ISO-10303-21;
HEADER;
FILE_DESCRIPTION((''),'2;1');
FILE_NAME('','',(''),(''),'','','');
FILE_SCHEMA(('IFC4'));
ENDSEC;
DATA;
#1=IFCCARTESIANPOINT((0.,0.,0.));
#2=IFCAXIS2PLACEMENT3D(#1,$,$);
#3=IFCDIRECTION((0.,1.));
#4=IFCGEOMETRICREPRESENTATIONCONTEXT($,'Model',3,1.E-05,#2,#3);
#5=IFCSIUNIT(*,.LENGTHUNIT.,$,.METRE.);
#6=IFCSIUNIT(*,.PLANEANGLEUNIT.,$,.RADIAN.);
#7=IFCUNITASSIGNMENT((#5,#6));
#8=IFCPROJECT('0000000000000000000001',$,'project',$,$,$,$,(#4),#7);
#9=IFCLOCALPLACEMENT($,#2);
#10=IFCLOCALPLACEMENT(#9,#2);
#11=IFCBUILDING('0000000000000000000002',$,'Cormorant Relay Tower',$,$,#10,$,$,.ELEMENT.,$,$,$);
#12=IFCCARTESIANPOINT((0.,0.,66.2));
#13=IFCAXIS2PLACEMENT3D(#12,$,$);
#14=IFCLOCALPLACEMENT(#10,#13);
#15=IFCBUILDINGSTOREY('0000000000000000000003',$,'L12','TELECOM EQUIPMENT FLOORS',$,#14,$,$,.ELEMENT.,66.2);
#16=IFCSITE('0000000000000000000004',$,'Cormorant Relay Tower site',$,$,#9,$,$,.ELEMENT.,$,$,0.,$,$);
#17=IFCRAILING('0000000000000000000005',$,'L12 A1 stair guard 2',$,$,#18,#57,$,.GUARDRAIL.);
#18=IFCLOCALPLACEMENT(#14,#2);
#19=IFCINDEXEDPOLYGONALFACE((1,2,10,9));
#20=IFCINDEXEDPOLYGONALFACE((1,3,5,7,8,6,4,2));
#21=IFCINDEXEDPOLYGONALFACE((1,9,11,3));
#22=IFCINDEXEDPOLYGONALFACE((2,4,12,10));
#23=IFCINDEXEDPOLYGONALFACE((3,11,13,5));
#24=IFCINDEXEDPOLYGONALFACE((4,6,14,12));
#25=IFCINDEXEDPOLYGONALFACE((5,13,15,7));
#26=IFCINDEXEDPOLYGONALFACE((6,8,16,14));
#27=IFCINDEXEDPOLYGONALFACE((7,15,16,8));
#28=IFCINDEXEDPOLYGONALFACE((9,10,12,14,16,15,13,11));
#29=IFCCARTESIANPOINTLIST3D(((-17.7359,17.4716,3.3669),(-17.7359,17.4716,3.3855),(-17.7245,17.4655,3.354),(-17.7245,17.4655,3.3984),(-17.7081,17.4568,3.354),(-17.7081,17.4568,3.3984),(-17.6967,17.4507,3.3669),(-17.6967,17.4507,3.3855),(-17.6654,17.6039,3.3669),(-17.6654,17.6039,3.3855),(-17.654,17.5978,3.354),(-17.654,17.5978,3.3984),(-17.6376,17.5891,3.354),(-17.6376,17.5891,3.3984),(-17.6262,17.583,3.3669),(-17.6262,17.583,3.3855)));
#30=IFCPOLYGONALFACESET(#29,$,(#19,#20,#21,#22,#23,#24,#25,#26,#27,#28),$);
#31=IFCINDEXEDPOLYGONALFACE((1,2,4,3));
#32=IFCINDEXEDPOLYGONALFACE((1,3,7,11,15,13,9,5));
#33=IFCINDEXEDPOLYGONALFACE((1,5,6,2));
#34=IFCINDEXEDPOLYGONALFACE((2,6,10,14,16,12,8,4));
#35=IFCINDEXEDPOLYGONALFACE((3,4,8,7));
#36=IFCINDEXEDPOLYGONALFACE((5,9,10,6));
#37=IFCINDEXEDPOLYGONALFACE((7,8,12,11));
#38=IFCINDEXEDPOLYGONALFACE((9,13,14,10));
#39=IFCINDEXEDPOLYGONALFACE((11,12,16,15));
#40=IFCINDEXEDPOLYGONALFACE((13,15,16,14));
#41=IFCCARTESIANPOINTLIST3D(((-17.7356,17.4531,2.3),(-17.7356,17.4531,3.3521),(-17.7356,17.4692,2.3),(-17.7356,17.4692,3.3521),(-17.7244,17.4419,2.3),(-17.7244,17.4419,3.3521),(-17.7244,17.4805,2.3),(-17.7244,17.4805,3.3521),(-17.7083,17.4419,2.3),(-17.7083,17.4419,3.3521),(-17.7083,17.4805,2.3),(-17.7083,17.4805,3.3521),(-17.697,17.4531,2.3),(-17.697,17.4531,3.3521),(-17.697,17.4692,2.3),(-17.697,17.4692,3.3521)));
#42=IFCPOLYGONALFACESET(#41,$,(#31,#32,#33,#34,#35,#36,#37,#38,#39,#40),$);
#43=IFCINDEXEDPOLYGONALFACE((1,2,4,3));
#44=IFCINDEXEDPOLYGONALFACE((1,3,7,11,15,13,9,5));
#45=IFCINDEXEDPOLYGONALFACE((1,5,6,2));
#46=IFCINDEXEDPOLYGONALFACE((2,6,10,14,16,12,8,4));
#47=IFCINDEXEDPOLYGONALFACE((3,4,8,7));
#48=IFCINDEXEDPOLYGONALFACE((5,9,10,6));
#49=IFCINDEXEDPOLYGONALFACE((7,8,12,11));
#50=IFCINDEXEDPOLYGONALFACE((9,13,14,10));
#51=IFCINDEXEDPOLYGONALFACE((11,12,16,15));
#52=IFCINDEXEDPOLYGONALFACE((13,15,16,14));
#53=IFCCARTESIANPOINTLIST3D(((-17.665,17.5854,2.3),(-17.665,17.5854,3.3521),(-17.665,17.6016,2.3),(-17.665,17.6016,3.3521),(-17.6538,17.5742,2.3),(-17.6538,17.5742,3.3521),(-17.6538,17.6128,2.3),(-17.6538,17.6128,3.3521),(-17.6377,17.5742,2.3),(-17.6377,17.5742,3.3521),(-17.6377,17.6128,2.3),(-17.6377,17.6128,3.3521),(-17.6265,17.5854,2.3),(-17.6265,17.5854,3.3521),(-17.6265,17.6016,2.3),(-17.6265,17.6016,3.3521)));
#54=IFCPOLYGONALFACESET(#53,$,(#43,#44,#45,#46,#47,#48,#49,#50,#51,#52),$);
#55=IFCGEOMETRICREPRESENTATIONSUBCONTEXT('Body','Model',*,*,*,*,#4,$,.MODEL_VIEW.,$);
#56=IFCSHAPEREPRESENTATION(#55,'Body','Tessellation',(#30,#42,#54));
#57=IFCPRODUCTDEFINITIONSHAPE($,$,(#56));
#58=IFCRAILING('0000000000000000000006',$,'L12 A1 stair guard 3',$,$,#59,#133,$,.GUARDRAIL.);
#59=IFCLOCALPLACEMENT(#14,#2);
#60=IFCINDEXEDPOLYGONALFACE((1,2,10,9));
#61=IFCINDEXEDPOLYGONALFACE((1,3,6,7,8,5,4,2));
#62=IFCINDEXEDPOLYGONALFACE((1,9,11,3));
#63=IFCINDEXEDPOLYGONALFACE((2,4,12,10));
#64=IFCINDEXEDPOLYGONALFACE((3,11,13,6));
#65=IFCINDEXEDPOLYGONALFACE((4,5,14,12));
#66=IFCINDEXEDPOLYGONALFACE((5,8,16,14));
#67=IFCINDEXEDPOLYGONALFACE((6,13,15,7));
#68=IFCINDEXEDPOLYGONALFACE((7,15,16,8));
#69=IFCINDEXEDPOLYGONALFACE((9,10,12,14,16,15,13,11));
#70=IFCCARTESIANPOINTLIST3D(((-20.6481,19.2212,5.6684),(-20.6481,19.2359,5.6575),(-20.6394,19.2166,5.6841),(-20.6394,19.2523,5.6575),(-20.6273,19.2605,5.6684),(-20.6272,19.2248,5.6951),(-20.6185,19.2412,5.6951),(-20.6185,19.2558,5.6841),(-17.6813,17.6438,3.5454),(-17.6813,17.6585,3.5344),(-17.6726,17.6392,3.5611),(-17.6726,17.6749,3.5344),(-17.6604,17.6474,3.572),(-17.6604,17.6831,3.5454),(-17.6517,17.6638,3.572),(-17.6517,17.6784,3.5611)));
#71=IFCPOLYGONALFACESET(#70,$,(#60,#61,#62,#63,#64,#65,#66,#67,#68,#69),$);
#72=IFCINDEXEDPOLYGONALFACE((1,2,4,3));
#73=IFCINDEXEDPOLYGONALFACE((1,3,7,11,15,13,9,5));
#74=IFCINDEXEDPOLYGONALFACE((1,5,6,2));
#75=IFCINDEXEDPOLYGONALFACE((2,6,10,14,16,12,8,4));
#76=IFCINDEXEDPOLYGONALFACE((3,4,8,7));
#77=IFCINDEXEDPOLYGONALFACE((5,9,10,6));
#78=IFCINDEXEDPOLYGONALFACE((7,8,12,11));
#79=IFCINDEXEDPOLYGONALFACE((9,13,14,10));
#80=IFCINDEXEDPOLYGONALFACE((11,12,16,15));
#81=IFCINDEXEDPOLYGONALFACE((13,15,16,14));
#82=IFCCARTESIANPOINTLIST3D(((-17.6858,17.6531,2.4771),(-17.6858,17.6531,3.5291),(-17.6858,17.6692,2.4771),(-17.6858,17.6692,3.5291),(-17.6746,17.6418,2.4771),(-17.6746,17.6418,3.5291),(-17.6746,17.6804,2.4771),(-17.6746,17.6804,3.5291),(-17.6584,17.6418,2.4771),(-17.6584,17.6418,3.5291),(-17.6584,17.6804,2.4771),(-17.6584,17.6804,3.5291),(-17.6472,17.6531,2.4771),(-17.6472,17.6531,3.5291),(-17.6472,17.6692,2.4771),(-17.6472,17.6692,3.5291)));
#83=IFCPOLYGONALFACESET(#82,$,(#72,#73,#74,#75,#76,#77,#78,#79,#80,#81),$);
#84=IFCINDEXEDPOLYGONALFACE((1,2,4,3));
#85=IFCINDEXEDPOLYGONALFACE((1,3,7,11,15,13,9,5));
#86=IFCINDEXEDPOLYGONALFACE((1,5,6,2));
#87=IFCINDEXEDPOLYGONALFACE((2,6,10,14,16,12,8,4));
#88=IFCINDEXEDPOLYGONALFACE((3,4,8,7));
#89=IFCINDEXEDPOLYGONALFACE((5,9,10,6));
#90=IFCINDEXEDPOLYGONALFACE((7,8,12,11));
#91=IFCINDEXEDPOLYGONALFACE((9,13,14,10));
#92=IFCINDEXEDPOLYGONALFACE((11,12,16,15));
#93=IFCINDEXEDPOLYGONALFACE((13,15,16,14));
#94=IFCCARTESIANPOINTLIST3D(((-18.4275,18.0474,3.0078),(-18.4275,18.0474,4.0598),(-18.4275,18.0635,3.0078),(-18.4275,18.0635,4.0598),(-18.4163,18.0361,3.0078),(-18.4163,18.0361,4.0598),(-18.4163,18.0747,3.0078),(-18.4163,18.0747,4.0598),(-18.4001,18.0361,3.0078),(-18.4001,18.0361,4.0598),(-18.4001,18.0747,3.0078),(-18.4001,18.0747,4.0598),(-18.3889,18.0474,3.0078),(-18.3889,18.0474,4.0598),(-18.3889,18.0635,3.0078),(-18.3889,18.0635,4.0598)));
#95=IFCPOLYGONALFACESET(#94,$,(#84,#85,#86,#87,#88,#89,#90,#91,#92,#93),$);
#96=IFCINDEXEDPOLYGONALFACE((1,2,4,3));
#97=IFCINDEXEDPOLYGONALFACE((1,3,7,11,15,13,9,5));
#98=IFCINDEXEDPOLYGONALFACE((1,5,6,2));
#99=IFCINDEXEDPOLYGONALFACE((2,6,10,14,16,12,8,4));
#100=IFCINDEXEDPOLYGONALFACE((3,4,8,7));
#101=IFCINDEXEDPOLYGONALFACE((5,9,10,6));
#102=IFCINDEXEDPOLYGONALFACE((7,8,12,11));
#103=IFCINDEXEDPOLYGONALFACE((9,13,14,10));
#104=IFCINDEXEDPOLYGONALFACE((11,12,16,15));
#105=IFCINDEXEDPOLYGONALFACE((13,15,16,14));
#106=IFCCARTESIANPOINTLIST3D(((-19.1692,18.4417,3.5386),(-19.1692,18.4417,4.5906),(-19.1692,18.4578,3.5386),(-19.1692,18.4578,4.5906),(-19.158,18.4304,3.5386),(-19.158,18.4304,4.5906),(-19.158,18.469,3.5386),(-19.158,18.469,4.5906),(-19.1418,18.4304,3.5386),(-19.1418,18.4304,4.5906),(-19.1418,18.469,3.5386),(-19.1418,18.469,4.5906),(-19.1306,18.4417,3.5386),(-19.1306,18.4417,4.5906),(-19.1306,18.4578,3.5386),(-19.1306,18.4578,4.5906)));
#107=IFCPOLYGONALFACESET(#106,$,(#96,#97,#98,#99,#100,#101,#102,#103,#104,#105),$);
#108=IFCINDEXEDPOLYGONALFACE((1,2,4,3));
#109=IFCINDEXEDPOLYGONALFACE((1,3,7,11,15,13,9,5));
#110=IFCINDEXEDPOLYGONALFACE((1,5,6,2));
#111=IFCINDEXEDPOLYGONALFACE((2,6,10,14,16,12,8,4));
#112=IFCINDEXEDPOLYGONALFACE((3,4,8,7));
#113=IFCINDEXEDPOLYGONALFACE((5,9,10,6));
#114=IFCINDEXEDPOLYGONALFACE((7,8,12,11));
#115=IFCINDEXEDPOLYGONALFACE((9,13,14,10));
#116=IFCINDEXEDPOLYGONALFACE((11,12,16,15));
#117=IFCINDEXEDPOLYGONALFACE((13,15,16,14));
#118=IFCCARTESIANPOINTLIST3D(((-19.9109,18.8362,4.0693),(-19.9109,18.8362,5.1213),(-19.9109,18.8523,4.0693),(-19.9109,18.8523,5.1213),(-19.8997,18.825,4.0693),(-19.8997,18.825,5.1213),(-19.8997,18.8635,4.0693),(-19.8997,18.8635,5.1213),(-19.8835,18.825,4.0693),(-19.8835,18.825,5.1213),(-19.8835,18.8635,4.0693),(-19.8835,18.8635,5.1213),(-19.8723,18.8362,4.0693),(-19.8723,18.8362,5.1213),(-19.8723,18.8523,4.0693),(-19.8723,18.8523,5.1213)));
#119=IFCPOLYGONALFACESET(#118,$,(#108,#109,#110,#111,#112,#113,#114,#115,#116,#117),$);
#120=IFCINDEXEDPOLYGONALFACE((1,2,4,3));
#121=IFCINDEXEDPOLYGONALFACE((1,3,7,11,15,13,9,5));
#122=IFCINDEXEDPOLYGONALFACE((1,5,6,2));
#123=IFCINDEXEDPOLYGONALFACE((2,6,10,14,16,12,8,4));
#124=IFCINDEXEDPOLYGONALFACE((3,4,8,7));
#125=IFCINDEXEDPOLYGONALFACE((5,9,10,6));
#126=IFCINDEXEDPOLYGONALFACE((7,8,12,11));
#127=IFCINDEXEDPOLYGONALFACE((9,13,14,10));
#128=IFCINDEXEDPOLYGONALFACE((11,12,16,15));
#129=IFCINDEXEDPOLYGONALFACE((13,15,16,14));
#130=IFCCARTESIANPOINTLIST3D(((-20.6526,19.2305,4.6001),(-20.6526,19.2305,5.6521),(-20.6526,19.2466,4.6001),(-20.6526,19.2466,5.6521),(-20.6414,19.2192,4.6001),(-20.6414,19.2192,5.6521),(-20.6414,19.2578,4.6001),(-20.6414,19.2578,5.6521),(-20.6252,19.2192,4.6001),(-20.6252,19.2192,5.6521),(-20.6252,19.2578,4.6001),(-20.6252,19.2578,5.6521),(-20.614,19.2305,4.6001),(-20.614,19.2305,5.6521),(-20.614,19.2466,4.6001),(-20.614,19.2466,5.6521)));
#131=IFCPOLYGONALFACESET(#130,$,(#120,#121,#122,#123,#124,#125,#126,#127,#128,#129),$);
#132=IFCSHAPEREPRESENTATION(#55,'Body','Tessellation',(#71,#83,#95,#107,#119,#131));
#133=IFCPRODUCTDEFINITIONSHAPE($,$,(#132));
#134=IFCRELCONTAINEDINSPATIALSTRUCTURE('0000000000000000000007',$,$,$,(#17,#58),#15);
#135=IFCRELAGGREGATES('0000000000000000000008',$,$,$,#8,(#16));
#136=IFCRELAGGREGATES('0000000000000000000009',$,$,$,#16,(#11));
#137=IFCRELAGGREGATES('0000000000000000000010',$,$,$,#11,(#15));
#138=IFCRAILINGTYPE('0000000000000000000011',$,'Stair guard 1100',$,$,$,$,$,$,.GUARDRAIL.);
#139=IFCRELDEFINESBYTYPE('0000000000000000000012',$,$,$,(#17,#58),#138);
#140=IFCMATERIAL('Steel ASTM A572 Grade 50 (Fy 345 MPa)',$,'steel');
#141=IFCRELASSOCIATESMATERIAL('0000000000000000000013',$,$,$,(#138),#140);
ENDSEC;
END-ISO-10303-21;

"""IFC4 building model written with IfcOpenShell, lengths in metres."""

from ifc_helpers import new_model, si_unit, direction, frame, origin, place, context, subcontext, project, spatial, polyline, outline, extrude, material, type_object, element, save


model = new_model("IFC4")

# Units and contexts
model_context = context("Model", 3, precision=1e-05, world=origin(), true_north=direction((0.0, 1.0)))
body_context = subcontext(model_context, "Body", "Model", "MODEL_VIEW")
ifc_project = project(units=[si_unit("LENGTHUNIT", "METRE"), si_unit("PLANEANGLEUNIT", "RADIAN")], contexts=[model_context])

# Site, building, storey
site_placement = place(None, origin())
site = spatial("IfcSite", under=ifc_project, at=site_placement, Name="Cormorant Relay Tower site", CompositionType="ELEMENT", RefElevation=0.0)
building_placement = place(site_placement, origin())
building = spatial("IfcBuilding", under=site, at=building_placement, Name="Cormorant Relay Tower", CompositionType="ELEMENT")
storey_placement = place(building_placement, frame((0.0, 0.0, 66.2)))
storey = spatial("IfcBuildingStorey", under=building, at=storey_placement, Name="L12", Description="TELECOM EQUIPMENT FLOORS", CompositionType="ELEMENT", Elevation=66.2)

# Railings
ifc_material_1 = material(Name="Steel ASTM A572 Grade 50 (Fy 345 MPa)", Category="steel")
railing_type_1 = type_object("IfcRailingType", Name="Stair guard 1100", PredefinedType="GUARDRAIL", material=ifc_material_1)
railing_1_placement = place(storey_placement, frame((-17.7163, 17.4612, 2.3)))
element("IfcRailing", 1, at=railing_1_placement, inside=storey, type_object=railing_type_1, Name="L12 A1 stair guard 2", PredefinedType="GUARDRAIL", context=body_context, shape_type="SweptSolid", body=[
    extrude(outline(polyline([(0.0222, 0.0093), (0.0093, 0.0222), (-0.0093, 0.0222), (-0.0222, 0.0093), (-0.0222, -0.0093), (-0.0093, -0.0222), (0.0093, -0.0222), (0.0222, -0.0093), (0.0222, 0.0093)])), frame((0.0, 0.0, 1.0762), z_axis=(0.470504, 0.882398, 0.0), x_axis=(-0.882398, 0.470504, 0.0)), (0.0, 0.0, 1.0), 0.1499),
    extrude(outline(polyline([(0.0193, 0.0081), (0.0081, 0.0193), (-0.0081, 0.0193), (-0.0193, 0.0081), (-0.0193, -0.0081), (-0.0081, -0.0193), (0.0081, -0.0193), (0.0193, -0.0081), (0.0193, 0.0081)])), origin(), (0.0, 0.0, 1.0), 1.052),
    extrude(outline(polyline([(0.0193, 0.0081), (0.0081, 0.0193), (-0.0081, 0.0193), (-0.0193, 0.0081), (-0.0193, -0.0081), (-0.0081, -0.0193), (0.0081, -0.0193), (0.0193, -0.0081), (0.0193, 0.0081)])), frame((0.0706, 0.1323, 0.0)), (0.0, 0.0, 1.0), 1.052),
])
railing_2_placement = place(storey_placement, frame((-17.6665, 17.6611, 2.4771)))
element("IfcRailing", 2, at=railing_2_placement, inside=storey, type_object=railing_type_1, Name="L12 A1 stair guard 3", PredefinedType="GUARDRAIL", context=body_context, shape_type="SweptSolid", body=[
    extrude(outline(polyline([(0.0222, 0.0093), (0.0093, 0.0222), (-0.0093, 0.0222), (-0.0222, 0.0093), (-0.0222, -0.0093), (-0.0093, -0.0222), (0.0093, -0.0222), (0.0222, -0.0093), (0.0222, 0.0093)])), frame((0.0, 0.0, 1.0762), z_axis=(-0.746441, 0.396869, 0.534155), x_axis=(-0.469453, -0.882958, 0.0)), (0.0, 0.0, 1.0), 3.9746),
    extrude(outline(polyline([(0.0193, 0.0081), (0.0081, 0.0193), (-0.0081, 0.0193), (-0.0193, 0.0081), (-0.0193, -0.0081), (-0.0081, -0.0193), (0.0081, -0.0193), (0.0193, -0.0081), (0.0193, 0.0081)])), origin(), (0.0, 0.0, 1.0), 1.052),
    extrude(outline(polyline([(0.0193, 0.0081), (0.0081, 0.0193), (-0.0081, 0.0193), (-0.0193, 0.0081), (-0.0193, -0.0081), (-0.0081, -0.0193), (0.0081, -0.0193), (0.0193, -0.0081), (0.0193, 0.0081)])), frame((-0.7417, 0.3943, 0.5308)), (0.0, 0.0, 1.0), 1.052),
    extrude(outline(polyline([(0.0193, 0.0081), (0.0081, 0.0193), (-0.0081, 0.0193), (-0.0193, 0.0081), (-0.0193, -0.0081), (-0.0081, -0.0193), (0.0081, -0.0193), (0.0193, -0.0081), (0.0193, 0.0081)])), frame((-1.4834, 0.7886, 1.0615)), (0.0, 0.0, 1.0), 1.052),
    extrude(outline(polyline([(0.0193, 0.0081), (0.0081, 0.0193), (-0.0081, 0.0193), (-0.0193, 0.0081), (-0.0193, -0.0081), (-0.0081, -0.0193), (0.0081, -0.0193), (0.0193, -0.0081), (0.0193, 0.0081)])), frame((-2.2251, 1.1831, 1.5923)), (0.0, 0.0, 1.0), 1.052),
    extrude(outline(polyline([(0.0193, 0.0081), (0.0081, 0.0193), (-0.0081, 0.0193), (-0.0193, 0.0081), (-0.0193, -0.0081), (-0.0081, -0.0193), (0.0081, -0.0193), (0.0193, -0.0081), (0.0193, 0.0081)])), frame((-2.9668, 1.5774, 2.123)), (0.0, 0.0, 1.0), 1.052),
])

save(model, "model.ifc")
